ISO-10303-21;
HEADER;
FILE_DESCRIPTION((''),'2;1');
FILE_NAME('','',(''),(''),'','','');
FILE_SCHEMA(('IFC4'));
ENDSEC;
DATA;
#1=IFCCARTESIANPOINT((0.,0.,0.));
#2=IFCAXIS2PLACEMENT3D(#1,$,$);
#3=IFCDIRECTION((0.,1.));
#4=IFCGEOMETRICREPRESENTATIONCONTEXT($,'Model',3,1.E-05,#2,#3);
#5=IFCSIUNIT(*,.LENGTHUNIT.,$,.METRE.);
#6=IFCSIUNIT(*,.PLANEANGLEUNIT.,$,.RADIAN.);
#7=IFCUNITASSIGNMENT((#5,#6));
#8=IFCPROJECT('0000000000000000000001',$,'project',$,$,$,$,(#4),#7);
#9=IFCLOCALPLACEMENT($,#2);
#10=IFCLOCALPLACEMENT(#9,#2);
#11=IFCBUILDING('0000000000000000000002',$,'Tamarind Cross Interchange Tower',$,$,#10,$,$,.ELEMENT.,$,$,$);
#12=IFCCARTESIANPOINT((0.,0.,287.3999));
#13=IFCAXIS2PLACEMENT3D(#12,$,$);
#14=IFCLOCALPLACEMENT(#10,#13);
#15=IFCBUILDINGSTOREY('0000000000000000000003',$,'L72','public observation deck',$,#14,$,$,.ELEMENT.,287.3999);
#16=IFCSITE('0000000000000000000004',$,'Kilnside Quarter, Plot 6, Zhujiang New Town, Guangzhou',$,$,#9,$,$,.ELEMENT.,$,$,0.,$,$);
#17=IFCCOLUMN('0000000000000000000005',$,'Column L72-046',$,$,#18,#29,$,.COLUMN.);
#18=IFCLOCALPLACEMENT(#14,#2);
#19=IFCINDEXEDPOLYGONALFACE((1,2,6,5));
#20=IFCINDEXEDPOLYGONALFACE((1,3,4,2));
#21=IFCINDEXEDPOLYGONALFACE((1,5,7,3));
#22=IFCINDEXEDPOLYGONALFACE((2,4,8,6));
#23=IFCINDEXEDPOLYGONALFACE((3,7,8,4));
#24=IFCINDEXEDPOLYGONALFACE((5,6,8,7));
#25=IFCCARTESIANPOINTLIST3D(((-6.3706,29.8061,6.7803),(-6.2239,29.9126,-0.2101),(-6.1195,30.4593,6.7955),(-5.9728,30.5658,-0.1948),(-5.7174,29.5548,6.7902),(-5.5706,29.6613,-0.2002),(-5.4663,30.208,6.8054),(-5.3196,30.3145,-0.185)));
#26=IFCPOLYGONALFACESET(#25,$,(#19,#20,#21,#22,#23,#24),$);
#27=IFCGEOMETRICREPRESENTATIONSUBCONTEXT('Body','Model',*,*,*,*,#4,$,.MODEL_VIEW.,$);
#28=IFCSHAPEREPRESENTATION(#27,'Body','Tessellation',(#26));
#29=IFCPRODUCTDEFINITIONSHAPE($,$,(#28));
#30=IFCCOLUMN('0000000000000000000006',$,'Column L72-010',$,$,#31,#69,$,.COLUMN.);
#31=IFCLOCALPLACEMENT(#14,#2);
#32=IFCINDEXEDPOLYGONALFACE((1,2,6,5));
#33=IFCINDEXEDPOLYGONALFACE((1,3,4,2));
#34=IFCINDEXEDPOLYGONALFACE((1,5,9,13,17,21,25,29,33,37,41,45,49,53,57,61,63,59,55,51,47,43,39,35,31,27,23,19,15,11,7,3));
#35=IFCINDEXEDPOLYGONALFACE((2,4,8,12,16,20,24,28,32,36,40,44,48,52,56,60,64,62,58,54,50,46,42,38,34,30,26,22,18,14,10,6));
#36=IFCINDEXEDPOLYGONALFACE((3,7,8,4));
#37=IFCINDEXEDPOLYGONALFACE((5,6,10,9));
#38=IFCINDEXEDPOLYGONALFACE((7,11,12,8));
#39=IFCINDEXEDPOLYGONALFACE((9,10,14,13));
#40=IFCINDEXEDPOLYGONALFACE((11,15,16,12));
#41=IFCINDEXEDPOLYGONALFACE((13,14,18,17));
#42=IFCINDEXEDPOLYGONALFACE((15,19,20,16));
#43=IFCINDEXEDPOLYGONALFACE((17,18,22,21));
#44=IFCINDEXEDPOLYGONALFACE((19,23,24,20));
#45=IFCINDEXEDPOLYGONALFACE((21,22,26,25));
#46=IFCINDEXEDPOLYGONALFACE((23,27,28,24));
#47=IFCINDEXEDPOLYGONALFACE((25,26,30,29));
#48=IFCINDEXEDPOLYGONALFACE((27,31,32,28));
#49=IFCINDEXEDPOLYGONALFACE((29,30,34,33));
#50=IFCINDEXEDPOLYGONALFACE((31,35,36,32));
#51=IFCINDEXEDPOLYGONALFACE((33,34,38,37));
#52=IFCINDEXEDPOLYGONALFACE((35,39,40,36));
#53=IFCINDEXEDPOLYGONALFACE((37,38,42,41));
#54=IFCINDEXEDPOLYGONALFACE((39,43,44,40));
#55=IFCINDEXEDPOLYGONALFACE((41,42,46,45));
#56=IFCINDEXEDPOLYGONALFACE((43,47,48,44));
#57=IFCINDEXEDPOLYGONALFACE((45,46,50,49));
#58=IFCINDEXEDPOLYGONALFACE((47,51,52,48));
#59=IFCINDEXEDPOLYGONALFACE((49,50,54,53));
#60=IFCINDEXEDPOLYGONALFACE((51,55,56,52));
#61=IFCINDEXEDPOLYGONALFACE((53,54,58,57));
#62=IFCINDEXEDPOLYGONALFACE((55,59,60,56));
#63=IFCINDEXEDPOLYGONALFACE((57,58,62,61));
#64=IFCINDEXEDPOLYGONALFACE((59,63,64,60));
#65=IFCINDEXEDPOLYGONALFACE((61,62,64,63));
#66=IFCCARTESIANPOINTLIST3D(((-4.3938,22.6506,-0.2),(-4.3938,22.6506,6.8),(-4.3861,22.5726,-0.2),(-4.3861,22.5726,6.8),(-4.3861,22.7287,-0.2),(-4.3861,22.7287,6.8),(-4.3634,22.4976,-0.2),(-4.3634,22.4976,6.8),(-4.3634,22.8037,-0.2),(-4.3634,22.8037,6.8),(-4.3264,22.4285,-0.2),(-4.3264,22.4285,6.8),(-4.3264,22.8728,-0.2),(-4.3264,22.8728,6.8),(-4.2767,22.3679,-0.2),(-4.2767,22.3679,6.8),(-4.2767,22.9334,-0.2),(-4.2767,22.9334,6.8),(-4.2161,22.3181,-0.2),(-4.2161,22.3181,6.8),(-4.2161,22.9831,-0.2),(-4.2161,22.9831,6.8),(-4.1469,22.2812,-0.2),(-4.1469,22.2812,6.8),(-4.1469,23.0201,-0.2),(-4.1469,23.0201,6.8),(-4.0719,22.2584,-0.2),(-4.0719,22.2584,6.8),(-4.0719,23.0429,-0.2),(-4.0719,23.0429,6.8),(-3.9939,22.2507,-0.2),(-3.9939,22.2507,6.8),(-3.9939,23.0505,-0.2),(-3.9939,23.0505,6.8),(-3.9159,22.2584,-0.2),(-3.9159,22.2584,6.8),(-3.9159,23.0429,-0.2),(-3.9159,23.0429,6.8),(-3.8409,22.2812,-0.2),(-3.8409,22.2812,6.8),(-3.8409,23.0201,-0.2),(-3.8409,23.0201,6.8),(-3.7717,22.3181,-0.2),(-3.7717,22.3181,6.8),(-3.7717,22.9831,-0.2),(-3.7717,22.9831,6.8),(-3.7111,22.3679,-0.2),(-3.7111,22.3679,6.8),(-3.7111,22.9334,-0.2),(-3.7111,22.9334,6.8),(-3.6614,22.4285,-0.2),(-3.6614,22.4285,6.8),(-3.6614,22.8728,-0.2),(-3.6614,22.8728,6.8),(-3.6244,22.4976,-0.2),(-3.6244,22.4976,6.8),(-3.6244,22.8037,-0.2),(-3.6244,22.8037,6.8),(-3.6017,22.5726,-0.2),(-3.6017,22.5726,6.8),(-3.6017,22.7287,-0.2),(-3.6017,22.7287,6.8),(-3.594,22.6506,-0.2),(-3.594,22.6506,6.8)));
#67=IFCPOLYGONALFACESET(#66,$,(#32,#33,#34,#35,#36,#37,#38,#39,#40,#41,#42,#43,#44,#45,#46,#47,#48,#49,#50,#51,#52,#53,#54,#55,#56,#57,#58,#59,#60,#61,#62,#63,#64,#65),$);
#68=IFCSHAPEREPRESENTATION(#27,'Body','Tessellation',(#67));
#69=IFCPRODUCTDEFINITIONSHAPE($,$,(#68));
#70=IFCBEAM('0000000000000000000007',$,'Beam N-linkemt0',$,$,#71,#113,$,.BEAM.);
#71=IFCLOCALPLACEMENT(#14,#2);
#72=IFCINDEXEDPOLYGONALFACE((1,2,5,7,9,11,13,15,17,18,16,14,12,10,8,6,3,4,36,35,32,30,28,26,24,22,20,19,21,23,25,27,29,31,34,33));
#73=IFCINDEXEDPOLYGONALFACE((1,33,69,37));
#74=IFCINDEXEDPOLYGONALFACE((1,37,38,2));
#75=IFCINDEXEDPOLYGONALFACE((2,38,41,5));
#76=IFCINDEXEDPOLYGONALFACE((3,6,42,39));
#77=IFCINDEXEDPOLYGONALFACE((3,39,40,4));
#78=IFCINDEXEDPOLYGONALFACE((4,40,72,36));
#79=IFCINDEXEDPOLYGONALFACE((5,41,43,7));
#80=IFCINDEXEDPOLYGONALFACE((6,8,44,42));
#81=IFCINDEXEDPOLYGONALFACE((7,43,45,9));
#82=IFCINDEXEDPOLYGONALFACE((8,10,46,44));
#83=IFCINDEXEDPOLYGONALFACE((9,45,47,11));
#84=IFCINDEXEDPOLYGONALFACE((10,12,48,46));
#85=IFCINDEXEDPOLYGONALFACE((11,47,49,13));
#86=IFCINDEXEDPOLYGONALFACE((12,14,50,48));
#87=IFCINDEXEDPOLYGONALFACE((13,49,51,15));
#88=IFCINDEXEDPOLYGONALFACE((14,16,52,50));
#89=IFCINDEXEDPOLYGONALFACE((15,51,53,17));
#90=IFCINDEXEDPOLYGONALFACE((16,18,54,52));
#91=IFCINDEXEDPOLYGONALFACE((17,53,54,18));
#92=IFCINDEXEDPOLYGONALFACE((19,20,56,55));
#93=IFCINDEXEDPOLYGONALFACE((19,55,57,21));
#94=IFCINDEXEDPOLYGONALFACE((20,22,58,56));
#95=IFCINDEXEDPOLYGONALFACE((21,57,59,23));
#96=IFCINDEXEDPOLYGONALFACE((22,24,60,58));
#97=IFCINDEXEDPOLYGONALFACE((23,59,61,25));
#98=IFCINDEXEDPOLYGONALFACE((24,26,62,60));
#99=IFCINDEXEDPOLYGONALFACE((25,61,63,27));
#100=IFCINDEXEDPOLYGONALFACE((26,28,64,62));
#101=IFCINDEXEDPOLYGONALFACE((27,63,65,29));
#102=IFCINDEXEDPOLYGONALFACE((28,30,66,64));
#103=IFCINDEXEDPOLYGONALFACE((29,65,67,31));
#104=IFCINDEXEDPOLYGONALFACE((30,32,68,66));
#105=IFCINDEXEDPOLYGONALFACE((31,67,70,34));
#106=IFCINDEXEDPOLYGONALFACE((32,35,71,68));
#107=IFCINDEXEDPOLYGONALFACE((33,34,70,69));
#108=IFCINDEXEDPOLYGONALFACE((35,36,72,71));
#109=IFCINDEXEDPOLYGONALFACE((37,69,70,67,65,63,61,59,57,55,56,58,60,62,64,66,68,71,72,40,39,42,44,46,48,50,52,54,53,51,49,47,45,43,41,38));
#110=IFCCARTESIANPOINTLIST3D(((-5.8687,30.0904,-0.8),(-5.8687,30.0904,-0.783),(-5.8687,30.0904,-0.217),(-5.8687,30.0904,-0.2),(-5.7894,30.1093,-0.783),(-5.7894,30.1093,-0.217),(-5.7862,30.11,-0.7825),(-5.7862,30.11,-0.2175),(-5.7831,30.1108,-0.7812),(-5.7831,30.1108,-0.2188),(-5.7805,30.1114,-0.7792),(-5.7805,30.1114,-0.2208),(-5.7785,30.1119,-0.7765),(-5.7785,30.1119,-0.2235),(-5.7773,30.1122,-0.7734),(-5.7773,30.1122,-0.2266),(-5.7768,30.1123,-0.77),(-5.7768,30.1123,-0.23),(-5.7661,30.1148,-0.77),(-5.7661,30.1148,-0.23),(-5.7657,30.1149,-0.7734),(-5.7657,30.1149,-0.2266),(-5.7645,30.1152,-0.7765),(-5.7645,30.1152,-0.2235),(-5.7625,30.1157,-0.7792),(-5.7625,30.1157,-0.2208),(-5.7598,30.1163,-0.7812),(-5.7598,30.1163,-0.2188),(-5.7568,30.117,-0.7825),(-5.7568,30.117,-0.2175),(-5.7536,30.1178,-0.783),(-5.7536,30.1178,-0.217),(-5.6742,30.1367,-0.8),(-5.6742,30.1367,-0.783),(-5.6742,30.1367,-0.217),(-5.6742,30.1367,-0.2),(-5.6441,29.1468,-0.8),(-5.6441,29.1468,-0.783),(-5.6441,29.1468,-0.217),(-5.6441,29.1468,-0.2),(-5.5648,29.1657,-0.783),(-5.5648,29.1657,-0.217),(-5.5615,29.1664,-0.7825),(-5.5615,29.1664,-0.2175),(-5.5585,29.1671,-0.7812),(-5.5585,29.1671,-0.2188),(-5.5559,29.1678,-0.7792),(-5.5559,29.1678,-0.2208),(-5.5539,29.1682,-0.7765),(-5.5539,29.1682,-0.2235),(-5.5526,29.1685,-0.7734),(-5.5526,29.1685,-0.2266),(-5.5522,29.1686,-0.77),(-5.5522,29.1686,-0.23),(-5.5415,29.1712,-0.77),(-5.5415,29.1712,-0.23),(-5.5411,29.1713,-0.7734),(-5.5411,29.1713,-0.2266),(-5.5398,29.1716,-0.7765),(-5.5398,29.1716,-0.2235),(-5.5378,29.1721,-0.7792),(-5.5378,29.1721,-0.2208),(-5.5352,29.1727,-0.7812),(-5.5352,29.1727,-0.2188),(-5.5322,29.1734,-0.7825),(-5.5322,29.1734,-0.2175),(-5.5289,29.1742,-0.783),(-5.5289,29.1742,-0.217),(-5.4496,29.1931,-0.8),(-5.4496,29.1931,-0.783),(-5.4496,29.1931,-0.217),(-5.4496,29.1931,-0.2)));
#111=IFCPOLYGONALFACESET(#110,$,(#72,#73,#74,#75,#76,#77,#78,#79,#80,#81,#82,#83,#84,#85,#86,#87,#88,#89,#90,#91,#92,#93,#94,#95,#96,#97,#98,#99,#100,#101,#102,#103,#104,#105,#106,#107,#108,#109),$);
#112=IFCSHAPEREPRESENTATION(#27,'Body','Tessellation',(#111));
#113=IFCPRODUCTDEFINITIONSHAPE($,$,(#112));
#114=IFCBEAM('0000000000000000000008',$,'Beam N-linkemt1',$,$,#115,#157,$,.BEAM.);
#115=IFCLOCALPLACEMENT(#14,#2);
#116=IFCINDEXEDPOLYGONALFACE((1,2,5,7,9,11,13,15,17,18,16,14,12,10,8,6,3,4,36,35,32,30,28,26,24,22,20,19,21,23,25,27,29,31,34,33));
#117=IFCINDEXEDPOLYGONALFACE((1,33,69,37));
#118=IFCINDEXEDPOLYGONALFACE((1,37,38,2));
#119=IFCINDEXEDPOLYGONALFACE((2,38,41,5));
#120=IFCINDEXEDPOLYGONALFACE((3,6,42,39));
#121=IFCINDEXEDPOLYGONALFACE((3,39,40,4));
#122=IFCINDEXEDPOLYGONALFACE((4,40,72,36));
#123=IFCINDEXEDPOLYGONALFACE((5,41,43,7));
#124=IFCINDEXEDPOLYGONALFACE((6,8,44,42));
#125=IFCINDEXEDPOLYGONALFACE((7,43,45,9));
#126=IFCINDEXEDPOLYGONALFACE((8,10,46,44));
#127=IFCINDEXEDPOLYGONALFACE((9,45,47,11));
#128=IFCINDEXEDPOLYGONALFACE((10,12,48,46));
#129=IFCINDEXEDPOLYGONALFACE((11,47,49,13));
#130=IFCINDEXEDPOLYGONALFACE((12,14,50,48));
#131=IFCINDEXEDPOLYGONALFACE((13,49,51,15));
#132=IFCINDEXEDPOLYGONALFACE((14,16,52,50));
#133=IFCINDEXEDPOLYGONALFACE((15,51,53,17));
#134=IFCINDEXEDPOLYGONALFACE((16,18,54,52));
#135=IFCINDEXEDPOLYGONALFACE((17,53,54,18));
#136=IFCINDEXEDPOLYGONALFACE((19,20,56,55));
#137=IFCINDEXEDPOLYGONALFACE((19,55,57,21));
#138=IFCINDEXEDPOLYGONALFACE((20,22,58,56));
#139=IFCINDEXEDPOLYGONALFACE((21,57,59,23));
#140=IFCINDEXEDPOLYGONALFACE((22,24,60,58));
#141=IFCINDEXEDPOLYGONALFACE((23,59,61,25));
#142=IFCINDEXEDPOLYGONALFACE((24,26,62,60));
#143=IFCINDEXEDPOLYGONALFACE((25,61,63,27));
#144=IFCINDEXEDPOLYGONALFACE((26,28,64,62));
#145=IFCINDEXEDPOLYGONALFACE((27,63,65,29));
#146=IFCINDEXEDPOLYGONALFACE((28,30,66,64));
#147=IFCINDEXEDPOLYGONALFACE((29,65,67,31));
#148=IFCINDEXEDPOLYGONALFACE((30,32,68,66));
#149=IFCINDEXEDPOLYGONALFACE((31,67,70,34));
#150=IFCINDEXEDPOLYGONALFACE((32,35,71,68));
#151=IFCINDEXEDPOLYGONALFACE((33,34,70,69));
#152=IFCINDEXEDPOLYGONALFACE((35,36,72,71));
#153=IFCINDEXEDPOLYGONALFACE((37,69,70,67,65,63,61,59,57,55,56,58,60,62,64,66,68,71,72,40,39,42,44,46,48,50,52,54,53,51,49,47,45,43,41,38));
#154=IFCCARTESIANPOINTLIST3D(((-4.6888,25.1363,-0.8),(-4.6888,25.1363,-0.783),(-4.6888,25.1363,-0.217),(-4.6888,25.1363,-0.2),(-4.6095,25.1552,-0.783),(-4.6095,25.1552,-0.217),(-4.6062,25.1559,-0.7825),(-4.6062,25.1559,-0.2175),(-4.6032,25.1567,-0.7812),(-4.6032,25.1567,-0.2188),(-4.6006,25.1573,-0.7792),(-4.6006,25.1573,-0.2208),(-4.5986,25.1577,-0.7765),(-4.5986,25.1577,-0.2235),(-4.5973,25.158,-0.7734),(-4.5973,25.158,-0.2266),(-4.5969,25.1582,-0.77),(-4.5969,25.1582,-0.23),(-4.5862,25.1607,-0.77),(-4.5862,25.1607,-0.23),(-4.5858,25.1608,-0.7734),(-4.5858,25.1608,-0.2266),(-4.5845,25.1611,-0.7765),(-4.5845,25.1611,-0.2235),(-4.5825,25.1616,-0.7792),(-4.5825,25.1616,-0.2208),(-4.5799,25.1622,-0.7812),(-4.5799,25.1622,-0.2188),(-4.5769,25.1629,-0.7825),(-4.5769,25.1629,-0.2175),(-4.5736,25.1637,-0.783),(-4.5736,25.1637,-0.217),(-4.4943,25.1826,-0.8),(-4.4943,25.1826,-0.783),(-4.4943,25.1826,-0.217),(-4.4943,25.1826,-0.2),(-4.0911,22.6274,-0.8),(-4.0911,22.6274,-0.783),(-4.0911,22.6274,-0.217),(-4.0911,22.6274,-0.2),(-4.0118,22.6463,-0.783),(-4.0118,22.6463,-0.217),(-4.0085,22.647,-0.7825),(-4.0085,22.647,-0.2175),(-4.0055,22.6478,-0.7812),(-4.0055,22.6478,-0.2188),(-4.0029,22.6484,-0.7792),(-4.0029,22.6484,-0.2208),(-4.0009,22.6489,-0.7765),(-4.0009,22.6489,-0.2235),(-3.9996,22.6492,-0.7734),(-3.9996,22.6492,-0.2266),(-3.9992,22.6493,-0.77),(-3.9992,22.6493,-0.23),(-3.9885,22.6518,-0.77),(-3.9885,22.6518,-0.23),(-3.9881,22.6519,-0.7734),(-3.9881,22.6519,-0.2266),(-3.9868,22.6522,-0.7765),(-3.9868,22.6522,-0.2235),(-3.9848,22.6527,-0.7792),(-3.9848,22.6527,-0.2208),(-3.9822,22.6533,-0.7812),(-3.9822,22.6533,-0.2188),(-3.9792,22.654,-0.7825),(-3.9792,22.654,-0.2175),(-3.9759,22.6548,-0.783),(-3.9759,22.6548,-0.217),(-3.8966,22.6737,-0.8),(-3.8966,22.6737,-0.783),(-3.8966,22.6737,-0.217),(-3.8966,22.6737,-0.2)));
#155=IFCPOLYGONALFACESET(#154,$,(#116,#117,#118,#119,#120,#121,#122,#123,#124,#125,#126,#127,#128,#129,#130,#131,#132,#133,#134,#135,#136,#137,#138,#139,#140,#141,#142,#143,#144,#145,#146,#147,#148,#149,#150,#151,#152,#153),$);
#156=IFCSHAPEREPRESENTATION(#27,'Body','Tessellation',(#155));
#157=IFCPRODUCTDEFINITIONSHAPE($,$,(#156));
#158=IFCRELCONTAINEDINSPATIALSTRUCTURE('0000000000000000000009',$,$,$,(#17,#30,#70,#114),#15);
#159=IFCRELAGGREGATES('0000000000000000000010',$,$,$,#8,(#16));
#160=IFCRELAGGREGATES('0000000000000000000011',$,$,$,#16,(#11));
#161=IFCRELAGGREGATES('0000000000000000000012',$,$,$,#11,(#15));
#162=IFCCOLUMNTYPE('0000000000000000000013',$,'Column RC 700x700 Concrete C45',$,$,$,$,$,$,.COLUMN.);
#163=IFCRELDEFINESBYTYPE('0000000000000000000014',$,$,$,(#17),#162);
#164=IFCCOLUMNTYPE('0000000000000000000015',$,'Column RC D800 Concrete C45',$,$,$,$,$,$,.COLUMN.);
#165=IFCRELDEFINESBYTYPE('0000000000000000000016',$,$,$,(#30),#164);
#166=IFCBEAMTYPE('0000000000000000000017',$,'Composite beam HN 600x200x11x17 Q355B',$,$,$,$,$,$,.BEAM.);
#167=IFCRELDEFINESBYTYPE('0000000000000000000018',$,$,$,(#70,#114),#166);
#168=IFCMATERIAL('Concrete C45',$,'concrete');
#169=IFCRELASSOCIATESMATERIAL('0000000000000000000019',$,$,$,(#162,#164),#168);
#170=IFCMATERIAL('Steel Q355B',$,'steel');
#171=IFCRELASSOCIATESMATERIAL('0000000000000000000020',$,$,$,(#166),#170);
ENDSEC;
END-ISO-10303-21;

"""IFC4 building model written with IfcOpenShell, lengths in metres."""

from ifc_helpers import new_model, si_unit, direction, frame, origin, origin_2d, place, context, subcontext, project, spatial, rectangle, circle, i_section, extrude, material, material_profile, profile_set, type_object, element, save


model = new_model("IFC4")

# Units and contexts
model_context = context("Model", 3, precision=1e-05, world=origin(), true_north=direction((0.0, 1.0)))
body_context = subcontext(model_context, "Body", "Model", "MODEL_VIEW")
ifc_project = project(units=[si_unit("LENGTHUNIT", "METRE"), si_unit("PLANEANGLEUNIT", "RADIAN")], contexts=[model_context])

# Site, building, storey
site_placement = place(None, origin())
site = spatial("IfcSite", under=ifc_project, at=site_placement, Name="Kilnside Quarter, Plot 6, Zhujiang New Town, Guangzhou", CompositionType="ELEMENT", RefElevation=0.0)
building_placement = place(site_placement, origin())
building = spatial("IfcBuilding", under=site, at=building_placement, Name="Tamarind Cross Interchange Tower", CompositionType="ELEMENT")
storey_placement = place(building_placement, frame((0.0, 0.0, 287.3999)))
storey = spatial("IfcBuildingStorey", under=building, at=storey_placement, Name="L72", Description="public observation deck", CompositionType="ELEMENT", Elevation=287.3999)

# Columns
ifc_material_1 = material(Name="Concrete C45", Category="concrete")
ifc_material_profile_1 = material_profile(ifc_material_1, rectangle(XDim=0.7, YDim=0.7, at=origin_2d()), Name="RC 700x700")
ifc_profile_set_1 = profile_set([ifc_material_profile_1], Name="Concrete C45")
column_type_1 = type_object("IfcColumnType", Name="Column RC 700x700 Concrete C45", PredefinedType="COLUMN", material=ifc_profile_set_1)
column_1_placement = place(storey_placement, frame((-5.7717, 30.1135, -0.1975), z_axis=(-0.020983, -0.015223, 0.999664), x_axis=(0.933228, -0.359007, 0.014122)))
element("IfcColumn", 1, at=column_1_placement, inside=storey, type_object=column_type_1, Name="Column L72-046", PredefinedType="COLUMN", context=body_context, shape_type="SweptSolid", body=[
    extrude(rectangle(XDim=0.7, YDim=0.7, at=origin_2d()), origin(), (0.0, 0.0, 1.0), 6.9927),
])
ifc_material_profile_2 = material_profile(ifc_material_1, circle(Radius=0.3999, at=origin_2d()), Name="RC D800")
ifc_profile_set_2 = profile_set([ifc_material_profile_2], Name="Concrete C45")
column_type_2 = type_object("IfcColumnType", Name="Column RC D800 Concrete C45", PredefinedType="COLUMN", material=ifc_profile_set_2)
column_2_placement = place(storey_placement, frame((-3.9939, 22.6506, -0.2), z_axis=(0.0, 0.0, 1.0), x_axis=(1.0, 0.0, 0.0)))
element("IfcColumn", 2, at=column_2_placement, inside=storey, type_object=column_type_2, Name="Column L72-010", PredefinedType="COLUMN", context=body_context, shape_type="SweptSolid", body=[
    extrude(circle(Radius=0.3999, at=origin_2d()), origin(), (0.0, 0.0, 1.0), 7.0),
])

# Beams
ifc_material_2 = material(Name="Steel Q355B", Category="steel")
ifc_material_profile_3 = material_profile(ifc_material_2, i_section(OverallWidth=0.2, OverallDepth=0.6001, WebThickness=0.011, FlangeThickness=0.0171, FilletRadius=0.0129, at=origin_2d()), Name="HN 600x200x11x17")
ifc_profile_set_3 = profile_set([ifc_material_profile_3], Name="Steel Q355B")
beam_type = type_object("IfcBeamType", Name="Composite beam HN 600x200x11x17 Q355B", PredefinedType="BEAM", material=ifc_profile_set_3)
beam_1_placement = place(storey_placement, frame((-5.7715, 30.1135, -0.5), z_axis=(0.231564, -0.97282, 0.0), x_axis=(0.97282, 0.231564, 0.0)))
element("IfcBeam", 3, at=beam_1_placement, inside=storey, type_object=beam_type, Name="Beam N-linkemt0", PredefinedType="BEAM", context=body_context, shape_type="SweptSolid", body=[
    extrude(i_section(OverallWidth=0.2, OverallDepth=0.6001, WebThickness=0.011, FlangeThickness=0.0171, FilletRadius=0.0129, at=origin_2d()), origin(), (0.0, 0.0, 1.0), 0.97),
])
beam_2_placement = place(storey_placement, frame((-4.5916, 25.1594, -0.5), z_axis=(0.23174, -0.972778, 0.0), x_axis=(0.972778, 0.23174, 0.0)))
element("IfcBeam", 4, at=beam_2_placement, inside=storey, type_object=beam_type, Name="Beam N-linkemt1", PredefinedType="BEAM", context=body_context, shape_type="SweptSolid", body=[
    extrude(i_section(OverallWidth=0.2, OverallDepth=0.6001, WebThickness=0.011, FlangeThickness=0.0171, FilletRadius=0.0129, at=origin_2d()), origin(), (0.0, 0.0, 1.0), 2.5791),
])

save(model, "model.ifc")
